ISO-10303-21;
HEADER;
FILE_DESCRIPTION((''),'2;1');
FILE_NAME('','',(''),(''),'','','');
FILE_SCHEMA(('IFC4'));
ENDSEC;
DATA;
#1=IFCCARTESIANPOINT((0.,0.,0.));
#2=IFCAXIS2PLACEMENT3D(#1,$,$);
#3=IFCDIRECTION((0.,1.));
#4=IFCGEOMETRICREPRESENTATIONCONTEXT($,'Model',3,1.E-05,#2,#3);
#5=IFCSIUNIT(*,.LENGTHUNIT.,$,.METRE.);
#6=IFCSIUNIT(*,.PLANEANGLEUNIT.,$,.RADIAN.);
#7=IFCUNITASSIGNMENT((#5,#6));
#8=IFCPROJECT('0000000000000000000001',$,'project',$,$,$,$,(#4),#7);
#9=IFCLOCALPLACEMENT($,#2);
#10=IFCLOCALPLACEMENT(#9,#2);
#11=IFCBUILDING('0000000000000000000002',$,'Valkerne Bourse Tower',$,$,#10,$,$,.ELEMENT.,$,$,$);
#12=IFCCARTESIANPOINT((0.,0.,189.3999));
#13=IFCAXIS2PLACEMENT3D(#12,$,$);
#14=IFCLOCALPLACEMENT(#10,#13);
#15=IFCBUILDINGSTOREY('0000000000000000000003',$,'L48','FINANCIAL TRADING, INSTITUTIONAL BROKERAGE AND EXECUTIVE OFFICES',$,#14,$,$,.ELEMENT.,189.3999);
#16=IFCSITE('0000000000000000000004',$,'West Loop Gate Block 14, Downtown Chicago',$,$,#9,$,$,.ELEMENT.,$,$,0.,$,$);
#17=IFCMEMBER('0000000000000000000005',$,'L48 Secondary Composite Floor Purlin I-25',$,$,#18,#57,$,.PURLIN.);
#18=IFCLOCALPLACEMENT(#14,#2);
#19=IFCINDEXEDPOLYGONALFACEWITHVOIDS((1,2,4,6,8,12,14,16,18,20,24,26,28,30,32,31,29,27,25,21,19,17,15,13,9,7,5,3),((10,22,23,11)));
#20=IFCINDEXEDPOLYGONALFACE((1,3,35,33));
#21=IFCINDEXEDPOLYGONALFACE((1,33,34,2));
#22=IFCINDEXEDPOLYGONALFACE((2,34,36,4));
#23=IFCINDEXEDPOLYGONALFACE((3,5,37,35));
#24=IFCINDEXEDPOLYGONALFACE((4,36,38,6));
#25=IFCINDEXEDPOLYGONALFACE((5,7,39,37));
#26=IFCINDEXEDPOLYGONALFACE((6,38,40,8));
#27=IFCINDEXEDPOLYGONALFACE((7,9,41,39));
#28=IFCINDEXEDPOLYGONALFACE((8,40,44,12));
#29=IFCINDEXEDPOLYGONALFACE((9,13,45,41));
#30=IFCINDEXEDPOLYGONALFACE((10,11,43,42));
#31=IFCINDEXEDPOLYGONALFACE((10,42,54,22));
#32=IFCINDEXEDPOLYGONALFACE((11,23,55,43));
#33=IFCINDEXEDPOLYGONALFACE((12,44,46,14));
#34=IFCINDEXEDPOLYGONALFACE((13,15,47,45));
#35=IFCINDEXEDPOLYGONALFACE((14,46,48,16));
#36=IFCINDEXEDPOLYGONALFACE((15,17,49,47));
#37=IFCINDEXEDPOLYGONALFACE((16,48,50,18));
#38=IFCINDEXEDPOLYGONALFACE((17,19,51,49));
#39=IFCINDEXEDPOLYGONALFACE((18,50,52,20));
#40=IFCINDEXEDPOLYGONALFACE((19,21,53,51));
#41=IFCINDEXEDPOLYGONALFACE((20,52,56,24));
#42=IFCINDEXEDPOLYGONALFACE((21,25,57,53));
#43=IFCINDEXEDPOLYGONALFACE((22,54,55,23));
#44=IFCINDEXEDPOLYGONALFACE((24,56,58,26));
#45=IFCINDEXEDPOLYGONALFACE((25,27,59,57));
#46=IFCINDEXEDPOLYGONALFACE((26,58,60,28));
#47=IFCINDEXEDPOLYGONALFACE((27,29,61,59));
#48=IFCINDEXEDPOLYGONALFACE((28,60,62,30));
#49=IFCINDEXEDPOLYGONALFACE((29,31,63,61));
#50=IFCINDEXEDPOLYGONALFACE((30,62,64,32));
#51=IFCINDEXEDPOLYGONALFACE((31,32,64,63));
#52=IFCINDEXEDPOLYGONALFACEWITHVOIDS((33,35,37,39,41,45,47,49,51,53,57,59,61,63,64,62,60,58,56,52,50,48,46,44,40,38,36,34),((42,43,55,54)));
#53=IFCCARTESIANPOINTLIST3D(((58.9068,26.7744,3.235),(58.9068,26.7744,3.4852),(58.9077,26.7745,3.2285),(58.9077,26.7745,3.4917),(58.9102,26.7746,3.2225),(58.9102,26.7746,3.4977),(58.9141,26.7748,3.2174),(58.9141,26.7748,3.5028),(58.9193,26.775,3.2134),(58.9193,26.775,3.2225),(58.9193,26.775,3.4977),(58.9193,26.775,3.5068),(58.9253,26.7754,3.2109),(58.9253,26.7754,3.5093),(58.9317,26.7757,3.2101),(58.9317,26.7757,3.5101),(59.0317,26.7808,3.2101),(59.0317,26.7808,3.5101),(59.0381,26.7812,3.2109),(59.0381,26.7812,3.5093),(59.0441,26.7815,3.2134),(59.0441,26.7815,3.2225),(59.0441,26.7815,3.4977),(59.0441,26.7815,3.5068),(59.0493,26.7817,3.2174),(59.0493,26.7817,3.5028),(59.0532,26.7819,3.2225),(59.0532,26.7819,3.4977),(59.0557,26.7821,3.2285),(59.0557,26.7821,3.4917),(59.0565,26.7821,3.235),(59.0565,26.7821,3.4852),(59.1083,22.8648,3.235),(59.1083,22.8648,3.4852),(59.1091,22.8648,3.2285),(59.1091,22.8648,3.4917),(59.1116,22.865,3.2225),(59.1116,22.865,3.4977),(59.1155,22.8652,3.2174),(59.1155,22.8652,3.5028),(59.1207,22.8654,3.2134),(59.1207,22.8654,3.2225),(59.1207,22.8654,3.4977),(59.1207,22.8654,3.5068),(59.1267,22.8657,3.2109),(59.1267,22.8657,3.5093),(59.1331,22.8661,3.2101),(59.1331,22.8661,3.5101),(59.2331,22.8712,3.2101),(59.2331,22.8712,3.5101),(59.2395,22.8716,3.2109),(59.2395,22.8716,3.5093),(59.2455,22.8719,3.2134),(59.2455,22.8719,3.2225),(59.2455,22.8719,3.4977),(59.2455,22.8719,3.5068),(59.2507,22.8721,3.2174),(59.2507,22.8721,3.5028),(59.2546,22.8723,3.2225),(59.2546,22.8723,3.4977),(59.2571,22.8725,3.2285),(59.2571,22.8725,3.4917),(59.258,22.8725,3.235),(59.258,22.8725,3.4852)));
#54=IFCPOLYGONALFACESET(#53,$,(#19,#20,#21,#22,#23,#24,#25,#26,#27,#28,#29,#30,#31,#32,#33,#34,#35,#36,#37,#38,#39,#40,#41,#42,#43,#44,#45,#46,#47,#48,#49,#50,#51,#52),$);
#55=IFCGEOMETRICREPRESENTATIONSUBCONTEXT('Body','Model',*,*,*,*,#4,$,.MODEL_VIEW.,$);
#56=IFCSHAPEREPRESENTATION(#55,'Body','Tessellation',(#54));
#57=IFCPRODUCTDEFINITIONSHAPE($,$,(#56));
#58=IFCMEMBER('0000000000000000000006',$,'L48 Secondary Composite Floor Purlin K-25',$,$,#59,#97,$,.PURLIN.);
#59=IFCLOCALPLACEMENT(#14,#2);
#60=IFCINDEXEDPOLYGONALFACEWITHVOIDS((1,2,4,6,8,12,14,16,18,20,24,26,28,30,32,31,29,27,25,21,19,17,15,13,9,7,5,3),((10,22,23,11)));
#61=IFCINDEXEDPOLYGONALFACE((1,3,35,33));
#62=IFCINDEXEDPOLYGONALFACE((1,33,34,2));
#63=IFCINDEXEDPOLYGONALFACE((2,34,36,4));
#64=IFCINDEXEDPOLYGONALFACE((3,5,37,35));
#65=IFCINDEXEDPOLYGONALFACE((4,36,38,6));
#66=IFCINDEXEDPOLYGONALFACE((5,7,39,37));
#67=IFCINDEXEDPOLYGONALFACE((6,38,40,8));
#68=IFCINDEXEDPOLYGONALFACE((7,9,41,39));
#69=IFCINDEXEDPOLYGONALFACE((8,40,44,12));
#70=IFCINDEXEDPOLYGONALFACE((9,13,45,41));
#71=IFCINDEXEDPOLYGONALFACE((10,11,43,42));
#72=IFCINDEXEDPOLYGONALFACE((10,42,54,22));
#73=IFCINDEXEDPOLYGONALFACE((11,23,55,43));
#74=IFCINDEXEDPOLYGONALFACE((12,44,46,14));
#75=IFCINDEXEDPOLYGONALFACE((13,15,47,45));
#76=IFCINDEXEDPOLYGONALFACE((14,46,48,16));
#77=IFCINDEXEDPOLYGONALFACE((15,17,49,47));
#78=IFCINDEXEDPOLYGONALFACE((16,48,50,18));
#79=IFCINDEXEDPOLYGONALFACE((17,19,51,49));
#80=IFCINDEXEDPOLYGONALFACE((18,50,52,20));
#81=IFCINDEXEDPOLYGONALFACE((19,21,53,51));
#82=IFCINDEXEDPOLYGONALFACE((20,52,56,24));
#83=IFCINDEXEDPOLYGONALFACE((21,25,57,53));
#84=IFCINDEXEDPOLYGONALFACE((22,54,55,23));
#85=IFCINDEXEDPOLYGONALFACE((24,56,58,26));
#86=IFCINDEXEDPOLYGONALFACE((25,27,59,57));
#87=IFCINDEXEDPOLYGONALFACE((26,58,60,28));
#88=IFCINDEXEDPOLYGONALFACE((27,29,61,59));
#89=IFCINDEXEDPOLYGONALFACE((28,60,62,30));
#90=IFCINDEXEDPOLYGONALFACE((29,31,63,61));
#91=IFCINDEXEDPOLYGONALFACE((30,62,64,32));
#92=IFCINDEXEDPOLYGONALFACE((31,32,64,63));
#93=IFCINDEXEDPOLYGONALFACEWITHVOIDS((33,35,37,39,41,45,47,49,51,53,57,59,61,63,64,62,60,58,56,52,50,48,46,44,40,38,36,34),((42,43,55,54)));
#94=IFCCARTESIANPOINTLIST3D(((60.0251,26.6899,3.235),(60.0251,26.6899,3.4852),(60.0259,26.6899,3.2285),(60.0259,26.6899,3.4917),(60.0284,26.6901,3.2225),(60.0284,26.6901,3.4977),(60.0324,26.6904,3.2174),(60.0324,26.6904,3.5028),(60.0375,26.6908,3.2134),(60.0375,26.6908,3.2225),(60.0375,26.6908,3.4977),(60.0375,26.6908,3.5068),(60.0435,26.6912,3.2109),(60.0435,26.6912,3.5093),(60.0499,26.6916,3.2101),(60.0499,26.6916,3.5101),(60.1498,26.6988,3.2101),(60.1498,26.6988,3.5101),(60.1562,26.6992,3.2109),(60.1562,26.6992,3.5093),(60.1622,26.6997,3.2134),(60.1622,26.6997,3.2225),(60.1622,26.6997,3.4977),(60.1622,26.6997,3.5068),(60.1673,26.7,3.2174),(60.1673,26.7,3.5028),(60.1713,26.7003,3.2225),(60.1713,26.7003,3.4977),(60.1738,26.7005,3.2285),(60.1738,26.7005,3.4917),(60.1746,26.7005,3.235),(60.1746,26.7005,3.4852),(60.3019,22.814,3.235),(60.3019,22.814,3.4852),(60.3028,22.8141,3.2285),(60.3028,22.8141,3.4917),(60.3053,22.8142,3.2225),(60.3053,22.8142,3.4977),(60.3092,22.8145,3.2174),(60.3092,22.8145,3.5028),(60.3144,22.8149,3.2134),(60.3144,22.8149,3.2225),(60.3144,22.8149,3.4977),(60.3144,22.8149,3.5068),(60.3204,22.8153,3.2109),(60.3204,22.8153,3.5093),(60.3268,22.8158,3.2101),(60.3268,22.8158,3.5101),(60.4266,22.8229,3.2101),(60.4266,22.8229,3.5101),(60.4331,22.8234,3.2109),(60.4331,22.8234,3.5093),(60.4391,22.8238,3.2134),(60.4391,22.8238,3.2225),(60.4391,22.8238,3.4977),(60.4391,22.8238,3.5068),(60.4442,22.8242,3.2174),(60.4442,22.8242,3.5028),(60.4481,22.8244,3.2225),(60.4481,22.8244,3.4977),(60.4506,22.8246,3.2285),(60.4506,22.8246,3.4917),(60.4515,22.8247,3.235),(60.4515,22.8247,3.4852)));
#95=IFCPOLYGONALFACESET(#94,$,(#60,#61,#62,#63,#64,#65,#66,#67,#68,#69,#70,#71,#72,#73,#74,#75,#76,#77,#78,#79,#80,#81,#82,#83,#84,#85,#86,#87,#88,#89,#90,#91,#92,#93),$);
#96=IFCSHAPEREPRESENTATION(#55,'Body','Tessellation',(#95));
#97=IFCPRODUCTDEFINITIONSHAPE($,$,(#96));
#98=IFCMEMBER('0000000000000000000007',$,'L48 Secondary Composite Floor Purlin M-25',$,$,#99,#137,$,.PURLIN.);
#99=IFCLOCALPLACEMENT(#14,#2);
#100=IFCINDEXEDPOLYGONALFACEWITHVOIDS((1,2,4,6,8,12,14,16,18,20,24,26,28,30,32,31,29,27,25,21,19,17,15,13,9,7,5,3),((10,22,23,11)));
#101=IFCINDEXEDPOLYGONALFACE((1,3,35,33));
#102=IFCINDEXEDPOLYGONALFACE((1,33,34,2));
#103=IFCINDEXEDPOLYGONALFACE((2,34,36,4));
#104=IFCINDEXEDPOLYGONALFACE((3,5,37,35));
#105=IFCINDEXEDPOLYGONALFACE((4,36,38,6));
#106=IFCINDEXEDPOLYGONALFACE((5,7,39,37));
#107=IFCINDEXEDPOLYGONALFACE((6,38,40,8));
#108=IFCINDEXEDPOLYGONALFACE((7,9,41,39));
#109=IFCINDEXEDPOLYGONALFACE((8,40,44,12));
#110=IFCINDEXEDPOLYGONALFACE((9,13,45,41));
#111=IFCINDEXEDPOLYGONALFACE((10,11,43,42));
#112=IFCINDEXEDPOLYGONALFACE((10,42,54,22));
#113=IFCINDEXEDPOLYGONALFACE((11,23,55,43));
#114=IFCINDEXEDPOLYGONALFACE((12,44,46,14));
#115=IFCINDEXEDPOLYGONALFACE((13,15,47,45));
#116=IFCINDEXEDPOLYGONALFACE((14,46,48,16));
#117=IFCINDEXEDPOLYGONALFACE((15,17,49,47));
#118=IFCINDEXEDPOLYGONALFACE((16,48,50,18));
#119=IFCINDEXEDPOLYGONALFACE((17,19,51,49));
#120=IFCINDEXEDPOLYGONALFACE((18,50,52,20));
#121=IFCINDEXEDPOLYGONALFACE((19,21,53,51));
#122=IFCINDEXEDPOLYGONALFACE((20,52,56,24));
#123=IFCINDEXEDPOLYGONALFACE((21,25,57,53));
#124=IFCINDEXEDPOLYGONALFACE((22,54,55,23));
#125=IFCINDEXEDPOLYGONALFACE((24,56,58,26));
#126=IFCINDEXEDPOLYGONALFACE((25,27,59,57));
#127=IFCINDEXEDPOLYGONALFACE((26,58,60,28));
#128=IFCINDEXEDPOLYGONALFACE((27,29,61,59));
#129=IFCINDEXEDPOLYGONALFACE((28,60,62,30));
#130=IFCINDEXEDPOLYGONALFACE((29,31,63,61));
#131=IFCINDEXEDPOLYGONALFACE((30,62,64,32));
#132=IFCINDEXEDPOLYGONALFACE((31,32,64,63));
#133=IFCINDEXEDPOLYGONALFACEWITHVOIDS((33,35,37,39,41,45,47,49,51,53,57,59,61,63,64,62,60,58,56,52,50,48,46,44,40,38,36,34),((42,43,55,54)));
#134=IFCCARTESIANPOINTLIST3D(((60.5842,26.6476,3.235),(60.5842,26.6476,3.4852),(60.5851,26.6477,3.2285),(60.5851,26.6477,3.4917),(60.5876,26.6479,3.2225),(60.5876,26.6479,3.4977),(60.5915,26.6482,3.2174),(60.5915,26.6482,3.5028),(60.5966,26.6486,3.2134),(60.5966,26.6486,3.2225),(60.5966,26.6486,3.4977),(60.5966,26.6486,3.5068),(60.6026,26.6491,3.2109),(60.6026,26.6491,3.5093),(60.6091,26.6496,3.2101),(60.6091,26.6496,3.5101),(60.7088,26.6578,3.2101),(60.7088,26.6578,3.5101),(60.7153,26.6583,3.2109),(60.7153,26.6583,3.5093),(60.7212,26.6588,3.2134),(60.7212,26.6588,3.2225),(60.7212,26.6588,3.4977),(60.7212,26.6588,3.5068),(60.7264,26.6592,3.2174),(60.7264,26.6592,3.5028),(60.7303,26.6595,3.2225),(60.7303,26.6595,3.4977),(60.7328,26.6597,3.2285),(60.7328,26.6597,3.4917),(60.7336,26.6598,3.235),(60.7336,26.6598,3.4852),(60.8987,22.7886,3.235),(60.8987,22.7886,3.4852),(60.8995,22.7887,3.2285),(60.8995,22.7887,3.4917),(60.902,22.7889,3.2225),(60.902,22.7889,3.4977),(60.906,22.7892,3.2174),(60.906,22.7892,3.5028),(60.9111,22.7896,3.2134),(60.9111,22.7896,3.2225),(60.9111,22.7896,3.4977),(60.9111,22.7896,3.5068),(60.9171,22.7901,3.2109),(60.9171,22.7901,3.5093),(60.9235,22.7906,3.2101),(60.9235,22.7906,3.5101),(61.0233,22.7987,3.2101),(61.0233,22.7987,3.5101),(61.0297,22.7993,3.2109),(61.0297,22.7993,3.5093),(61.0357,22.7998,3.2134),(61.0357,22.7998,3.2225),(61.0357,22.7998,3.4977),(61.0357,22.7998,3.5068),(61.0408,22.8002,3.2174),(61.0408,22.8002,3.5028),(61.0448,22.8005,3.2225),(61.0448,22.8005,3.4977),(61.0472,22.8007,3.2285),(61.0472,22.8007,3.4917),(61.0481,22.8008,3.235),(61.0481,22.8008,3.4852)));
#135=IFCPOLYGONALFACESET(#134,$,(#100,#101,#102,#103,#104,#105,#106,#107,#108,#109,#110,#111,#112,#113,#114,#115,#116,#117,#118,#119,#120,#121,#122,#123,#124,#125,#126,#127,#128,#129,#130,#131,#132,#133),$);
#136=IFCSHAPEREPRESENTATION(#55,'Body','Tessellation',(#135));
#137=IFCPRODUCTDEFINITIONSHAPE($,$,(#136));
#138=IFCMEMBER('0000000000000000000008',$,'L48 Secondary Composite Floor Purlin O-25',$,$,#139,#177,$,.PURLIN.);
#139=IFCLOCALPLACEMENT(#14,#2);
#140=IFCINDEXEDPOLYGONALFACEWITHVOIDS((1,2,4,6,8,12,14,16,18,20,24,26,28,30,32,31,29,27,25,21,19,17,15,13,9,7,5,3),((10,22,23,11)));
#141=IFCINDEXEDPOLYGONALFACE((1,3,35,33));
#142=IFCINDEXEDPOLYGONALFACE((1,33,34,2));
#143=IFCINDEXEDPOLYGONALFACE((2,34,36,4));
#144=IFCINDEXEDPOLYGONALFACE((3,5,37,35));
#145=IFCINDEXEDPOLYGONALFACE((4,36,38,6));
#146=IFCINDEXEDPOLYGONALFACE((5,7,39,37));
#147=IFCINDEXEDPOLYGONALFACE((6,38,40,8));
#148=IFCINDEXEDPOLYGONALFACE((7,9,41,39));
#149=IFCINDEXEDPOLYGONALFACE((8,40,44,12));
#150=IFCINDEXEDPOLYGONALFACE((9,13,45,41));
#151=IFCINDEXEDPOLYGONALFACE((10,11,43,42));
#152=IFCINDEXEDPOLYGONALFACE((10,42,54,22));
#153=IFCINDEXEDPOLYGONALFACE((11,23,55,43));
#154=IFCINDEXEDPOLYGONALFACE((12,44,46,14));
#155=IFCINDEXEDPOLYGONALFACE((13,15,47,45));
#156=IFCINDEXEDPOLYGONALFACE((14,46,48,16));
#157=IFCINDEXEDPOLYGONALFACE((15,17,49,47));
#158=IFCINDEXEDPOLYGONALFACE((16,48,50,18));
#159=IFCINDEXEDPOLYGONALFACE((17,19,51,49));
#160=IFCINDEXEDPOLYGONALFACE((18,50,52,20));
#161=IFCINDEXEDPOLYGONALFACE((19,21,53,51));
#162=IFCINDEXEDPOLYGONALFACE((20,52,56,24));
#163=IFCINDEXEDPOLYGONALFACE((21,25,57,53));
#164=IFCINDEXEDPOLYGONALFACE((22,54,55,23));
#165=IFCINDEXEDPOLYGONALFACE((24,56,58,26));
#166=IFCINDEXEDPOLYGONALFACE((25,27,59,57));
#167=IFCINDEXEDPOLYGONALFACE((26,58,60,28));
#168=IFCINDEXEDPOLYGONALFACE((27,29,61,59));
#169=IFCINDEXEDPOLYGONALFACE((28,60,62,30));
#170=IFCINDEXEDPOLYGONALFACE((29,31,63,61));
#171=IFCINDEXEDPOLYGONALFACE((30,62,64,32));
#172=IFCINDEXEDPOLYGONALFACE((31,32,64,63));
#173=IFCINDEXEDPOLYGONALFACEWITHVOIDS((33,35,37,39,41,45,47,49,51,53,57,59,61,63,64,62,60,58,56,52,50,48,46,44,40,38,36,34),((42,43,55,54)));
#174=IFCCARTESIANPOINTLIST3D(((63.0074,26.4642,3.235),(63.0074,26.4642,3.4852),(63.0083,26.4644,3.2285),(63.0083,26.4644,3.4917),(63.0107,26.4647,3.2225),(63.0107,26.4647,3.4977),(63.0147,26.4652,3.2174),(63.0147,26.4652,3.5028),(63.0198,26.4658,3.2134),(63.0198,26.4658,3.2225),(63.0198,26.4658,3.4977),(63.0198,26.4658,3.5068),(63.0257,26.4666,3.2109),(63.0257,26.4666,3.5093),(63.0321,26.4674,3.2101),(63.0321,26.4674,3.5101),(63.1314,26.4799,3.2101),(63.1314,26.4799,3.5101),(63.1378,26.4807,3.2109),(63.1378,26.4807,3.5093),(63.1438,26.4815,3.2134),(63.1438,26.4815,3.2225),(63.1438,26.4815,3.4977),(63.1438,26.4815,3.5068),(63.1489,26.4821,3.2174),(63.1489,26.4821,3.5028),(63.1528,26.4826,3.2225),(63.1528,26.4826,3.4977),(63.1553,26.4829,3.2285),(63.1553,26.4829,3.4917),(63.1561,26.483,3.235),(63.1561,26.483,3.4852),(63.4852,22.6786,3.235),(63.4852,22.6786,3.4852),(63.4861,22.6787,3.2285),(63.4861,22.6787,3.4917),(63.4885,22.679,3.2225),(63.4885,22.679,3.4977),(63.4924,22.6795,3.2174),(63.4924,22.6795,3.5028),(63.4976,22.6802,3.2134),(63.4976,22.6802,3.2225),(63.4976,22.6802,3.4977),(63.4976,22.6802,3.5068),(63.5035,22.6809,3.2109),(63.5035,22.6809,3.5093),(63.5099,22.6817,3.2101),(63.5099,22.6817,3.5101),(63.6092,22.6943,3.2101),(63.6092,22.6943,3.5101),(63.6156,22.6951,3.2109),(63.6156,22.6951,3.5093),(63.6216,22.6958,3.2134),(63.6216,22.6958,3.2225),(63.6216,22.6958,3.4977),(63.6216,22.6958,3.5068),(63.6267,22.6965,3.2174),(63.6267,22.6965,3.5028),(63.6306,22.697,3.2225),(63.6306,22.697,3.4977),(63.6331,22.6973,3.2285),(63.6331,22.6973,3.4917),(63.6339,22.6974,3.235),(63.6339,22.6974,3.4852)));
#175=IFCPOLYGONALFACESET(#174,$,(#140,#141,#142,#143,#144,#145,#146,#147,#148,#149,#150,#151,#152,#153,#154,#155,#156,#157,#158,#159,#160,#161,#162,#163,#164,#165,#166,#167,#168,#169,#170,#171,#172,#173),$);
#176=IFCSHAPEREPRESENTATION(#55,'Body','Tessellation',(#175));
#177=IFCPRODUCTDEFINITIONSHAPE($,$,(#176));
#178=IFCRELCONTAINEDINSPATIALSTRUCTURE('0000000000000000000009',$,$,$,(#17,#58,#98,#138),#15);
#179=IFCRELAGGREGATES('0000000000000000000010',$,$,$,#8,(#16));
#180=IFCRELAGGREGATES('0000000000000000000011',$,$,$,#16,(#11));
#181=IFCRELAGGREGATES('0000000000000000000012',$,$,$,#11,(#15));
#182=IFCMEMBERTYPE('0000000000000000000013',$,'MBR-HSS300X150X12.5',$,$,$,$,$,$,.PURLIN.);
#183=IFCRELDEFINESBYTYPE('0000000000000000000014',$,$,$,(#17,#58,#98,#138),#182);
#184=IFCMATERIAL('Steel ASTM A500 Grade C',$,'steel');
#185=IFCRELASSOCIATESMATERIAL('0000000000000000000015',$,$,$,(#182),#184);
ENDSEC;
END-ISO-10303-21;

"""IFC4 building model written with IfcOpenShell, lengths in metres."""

from ifc_helpers import new_model, si_unit, direction, frame, origin, origin_2d, place, context, subcontext, project, spatial, hollow_rectangle, extrude, material, material_profile, profile_set, type_object, element, save


model = new_model("IFC4")

# Units and contexts
model_context = context("Model", 3, precision=1e-05, world=origin(), true_north=direction((0.0, 1.0)))
body_context = subcontext(model_context, "Body", "Model", "MODEL_VIEW")
ifc_project = project(units=[si_unit("LENGTHUNIT", "METRE"), si_unit("PLANEANGLEUNIT", "RADIAN")], contexts=[model_context])

# Site, building, storey
site_placement = place(None, origin())
site = spatial("IfcSite", under=ifc_project, at=site_placement, Name="West Loop Gate Block 14, Downtown Chicago", CompositionType="ELEMENT", RefElevation=0.0)
building_placement = place(site_placement, origin())
building = spatial("IfcBuilding", under=site, at=building_placement, Name="Valkerne Bourse Tower", CompositionType="ELEMENT")
storey_placement = place(building_placement, frame((0.0, 0.0, 189.3999)))
storey = spatial("IfcBuildingStorey", under=building, at=storey_placement, Name="L48", Description="FINANCIAL TRADING, INSTITUTIONAL BROKERAGE AND EXECUTIVE OFFICES", CompositionType="ELEMENT", Elevation=189.3999)

# Members
ifc_material_1 = material(Name="Steel ASTM A500 Grade C", Category="steel")
ifc_material_profile_1 = material_profile(ifc_material_1, hollow_rectangle(XDim=0.1499, YDim=0.3, WallThickness=0.0125, OuterFilletRadius=0.0249, at=origin_2d()), Name="HSS300X150X12.5")
ifc_profile_set_1 = profile_set([ifc_material_profile_1], Name="Steel ASTM A500 Grade C")
member_type_1 = type_object("IfcMemberType", Name="MBR-HSS300X150X12.5", PredefinedType="PURLIN", material=ifc_profile_set_1)
member_1_placement = place(storey_placement, frame((59.1831, 22.8687, 3.3601), z_axis=(-0.051449, 0.998676, 0.0), x_axis=(-0.998676, -0.051449, 0.0)))
element("IfcMember", 1, at=member_1_placement, inside=storey, type_object=member_type_1, Name="L48 Secondary Composite Floor Purlin I-25", PredefinedType="PURLIN", context=body_context, shape_type="SweptSolid", body=[
    extrude(hollow_rectangle(XDim=0.1499, YDim=0.3, WallThickness=0.0125, OuterFilletRadius=0.0249, at=origin_2d()), origin(), (0.0, 0.0, 1.0), 3.9148),
])
member_2_placement = place(storey_placement, frame((60.3767, 22.8193, 3.3601), z_axis=(-0.071247, 0.997459, 0.0), x_axis=(-0.997459, -0.071247, 0.0)))
element("IfcMember", 2, at=member_2_placement, inside=storey, type_object=member_type_1, Name="L48 Secondary Composite Floor Purlin K-25", PredefinedType="PURLIN", context=body_context, shape_type="SweptSolid", body=[
    extrude(hollow_rectangle(XDim=0.1499, YDim=0.3, WallThickness=0.0125, OuterFilletRadius=0.0249, at=origin_2d()), origin(), (0.0, 0.0, 1.0), 3.8857),
])
member_3_placement = place(storey_placement, frame((60.9734, 22.7947, 3.3601), z_axis=(-0.081214, 0.996697, 0.0), x_axis=(-0.996697, -0.081214, 0.0)))
element("IfcMember", 3, at=member_3_placement, inside=storey, type_object=member_type_1, Name="L48 Secondary Composite Floor Purlin M-25", PredefinedType="PURLIN", context=body_context, shape_type="SweptSolid", body=[
    extrude(hollow_rectangle(XDim=0.1499, YDim=0.3, WallThickness=0.0125, OuterFilletRadius=0.0249, at=origin_2d()), origin(), (0.0, 0.0, 1.0), 3.8718),
])
member_4_placement = place(storey_placement, frame((63.5596, 22.688, 3.3601), z_axis=(-0.125216, 0.99213, 0.0), x_axis=(-0.99213, -0.125216, 0.0)))
element("IfcMember", 4, at=member_4_placement, inside=storey, type_object=member_type_1, Name="L48 Secondary Composite Floor Purlin O-25", PredefinedType="PURLIN", context=body_context, shape_type="SweptSolid", body=[
    extrude(hollow_rectangle(XDim=0.1499, YDim=0.3, WallThickness=0.0125, OuterFilletRadius=0.0249, at=origin_2d()), origin(), (0.0, 0.0, 1.0), 3.8157),
])

save(model, "model.ifc")
